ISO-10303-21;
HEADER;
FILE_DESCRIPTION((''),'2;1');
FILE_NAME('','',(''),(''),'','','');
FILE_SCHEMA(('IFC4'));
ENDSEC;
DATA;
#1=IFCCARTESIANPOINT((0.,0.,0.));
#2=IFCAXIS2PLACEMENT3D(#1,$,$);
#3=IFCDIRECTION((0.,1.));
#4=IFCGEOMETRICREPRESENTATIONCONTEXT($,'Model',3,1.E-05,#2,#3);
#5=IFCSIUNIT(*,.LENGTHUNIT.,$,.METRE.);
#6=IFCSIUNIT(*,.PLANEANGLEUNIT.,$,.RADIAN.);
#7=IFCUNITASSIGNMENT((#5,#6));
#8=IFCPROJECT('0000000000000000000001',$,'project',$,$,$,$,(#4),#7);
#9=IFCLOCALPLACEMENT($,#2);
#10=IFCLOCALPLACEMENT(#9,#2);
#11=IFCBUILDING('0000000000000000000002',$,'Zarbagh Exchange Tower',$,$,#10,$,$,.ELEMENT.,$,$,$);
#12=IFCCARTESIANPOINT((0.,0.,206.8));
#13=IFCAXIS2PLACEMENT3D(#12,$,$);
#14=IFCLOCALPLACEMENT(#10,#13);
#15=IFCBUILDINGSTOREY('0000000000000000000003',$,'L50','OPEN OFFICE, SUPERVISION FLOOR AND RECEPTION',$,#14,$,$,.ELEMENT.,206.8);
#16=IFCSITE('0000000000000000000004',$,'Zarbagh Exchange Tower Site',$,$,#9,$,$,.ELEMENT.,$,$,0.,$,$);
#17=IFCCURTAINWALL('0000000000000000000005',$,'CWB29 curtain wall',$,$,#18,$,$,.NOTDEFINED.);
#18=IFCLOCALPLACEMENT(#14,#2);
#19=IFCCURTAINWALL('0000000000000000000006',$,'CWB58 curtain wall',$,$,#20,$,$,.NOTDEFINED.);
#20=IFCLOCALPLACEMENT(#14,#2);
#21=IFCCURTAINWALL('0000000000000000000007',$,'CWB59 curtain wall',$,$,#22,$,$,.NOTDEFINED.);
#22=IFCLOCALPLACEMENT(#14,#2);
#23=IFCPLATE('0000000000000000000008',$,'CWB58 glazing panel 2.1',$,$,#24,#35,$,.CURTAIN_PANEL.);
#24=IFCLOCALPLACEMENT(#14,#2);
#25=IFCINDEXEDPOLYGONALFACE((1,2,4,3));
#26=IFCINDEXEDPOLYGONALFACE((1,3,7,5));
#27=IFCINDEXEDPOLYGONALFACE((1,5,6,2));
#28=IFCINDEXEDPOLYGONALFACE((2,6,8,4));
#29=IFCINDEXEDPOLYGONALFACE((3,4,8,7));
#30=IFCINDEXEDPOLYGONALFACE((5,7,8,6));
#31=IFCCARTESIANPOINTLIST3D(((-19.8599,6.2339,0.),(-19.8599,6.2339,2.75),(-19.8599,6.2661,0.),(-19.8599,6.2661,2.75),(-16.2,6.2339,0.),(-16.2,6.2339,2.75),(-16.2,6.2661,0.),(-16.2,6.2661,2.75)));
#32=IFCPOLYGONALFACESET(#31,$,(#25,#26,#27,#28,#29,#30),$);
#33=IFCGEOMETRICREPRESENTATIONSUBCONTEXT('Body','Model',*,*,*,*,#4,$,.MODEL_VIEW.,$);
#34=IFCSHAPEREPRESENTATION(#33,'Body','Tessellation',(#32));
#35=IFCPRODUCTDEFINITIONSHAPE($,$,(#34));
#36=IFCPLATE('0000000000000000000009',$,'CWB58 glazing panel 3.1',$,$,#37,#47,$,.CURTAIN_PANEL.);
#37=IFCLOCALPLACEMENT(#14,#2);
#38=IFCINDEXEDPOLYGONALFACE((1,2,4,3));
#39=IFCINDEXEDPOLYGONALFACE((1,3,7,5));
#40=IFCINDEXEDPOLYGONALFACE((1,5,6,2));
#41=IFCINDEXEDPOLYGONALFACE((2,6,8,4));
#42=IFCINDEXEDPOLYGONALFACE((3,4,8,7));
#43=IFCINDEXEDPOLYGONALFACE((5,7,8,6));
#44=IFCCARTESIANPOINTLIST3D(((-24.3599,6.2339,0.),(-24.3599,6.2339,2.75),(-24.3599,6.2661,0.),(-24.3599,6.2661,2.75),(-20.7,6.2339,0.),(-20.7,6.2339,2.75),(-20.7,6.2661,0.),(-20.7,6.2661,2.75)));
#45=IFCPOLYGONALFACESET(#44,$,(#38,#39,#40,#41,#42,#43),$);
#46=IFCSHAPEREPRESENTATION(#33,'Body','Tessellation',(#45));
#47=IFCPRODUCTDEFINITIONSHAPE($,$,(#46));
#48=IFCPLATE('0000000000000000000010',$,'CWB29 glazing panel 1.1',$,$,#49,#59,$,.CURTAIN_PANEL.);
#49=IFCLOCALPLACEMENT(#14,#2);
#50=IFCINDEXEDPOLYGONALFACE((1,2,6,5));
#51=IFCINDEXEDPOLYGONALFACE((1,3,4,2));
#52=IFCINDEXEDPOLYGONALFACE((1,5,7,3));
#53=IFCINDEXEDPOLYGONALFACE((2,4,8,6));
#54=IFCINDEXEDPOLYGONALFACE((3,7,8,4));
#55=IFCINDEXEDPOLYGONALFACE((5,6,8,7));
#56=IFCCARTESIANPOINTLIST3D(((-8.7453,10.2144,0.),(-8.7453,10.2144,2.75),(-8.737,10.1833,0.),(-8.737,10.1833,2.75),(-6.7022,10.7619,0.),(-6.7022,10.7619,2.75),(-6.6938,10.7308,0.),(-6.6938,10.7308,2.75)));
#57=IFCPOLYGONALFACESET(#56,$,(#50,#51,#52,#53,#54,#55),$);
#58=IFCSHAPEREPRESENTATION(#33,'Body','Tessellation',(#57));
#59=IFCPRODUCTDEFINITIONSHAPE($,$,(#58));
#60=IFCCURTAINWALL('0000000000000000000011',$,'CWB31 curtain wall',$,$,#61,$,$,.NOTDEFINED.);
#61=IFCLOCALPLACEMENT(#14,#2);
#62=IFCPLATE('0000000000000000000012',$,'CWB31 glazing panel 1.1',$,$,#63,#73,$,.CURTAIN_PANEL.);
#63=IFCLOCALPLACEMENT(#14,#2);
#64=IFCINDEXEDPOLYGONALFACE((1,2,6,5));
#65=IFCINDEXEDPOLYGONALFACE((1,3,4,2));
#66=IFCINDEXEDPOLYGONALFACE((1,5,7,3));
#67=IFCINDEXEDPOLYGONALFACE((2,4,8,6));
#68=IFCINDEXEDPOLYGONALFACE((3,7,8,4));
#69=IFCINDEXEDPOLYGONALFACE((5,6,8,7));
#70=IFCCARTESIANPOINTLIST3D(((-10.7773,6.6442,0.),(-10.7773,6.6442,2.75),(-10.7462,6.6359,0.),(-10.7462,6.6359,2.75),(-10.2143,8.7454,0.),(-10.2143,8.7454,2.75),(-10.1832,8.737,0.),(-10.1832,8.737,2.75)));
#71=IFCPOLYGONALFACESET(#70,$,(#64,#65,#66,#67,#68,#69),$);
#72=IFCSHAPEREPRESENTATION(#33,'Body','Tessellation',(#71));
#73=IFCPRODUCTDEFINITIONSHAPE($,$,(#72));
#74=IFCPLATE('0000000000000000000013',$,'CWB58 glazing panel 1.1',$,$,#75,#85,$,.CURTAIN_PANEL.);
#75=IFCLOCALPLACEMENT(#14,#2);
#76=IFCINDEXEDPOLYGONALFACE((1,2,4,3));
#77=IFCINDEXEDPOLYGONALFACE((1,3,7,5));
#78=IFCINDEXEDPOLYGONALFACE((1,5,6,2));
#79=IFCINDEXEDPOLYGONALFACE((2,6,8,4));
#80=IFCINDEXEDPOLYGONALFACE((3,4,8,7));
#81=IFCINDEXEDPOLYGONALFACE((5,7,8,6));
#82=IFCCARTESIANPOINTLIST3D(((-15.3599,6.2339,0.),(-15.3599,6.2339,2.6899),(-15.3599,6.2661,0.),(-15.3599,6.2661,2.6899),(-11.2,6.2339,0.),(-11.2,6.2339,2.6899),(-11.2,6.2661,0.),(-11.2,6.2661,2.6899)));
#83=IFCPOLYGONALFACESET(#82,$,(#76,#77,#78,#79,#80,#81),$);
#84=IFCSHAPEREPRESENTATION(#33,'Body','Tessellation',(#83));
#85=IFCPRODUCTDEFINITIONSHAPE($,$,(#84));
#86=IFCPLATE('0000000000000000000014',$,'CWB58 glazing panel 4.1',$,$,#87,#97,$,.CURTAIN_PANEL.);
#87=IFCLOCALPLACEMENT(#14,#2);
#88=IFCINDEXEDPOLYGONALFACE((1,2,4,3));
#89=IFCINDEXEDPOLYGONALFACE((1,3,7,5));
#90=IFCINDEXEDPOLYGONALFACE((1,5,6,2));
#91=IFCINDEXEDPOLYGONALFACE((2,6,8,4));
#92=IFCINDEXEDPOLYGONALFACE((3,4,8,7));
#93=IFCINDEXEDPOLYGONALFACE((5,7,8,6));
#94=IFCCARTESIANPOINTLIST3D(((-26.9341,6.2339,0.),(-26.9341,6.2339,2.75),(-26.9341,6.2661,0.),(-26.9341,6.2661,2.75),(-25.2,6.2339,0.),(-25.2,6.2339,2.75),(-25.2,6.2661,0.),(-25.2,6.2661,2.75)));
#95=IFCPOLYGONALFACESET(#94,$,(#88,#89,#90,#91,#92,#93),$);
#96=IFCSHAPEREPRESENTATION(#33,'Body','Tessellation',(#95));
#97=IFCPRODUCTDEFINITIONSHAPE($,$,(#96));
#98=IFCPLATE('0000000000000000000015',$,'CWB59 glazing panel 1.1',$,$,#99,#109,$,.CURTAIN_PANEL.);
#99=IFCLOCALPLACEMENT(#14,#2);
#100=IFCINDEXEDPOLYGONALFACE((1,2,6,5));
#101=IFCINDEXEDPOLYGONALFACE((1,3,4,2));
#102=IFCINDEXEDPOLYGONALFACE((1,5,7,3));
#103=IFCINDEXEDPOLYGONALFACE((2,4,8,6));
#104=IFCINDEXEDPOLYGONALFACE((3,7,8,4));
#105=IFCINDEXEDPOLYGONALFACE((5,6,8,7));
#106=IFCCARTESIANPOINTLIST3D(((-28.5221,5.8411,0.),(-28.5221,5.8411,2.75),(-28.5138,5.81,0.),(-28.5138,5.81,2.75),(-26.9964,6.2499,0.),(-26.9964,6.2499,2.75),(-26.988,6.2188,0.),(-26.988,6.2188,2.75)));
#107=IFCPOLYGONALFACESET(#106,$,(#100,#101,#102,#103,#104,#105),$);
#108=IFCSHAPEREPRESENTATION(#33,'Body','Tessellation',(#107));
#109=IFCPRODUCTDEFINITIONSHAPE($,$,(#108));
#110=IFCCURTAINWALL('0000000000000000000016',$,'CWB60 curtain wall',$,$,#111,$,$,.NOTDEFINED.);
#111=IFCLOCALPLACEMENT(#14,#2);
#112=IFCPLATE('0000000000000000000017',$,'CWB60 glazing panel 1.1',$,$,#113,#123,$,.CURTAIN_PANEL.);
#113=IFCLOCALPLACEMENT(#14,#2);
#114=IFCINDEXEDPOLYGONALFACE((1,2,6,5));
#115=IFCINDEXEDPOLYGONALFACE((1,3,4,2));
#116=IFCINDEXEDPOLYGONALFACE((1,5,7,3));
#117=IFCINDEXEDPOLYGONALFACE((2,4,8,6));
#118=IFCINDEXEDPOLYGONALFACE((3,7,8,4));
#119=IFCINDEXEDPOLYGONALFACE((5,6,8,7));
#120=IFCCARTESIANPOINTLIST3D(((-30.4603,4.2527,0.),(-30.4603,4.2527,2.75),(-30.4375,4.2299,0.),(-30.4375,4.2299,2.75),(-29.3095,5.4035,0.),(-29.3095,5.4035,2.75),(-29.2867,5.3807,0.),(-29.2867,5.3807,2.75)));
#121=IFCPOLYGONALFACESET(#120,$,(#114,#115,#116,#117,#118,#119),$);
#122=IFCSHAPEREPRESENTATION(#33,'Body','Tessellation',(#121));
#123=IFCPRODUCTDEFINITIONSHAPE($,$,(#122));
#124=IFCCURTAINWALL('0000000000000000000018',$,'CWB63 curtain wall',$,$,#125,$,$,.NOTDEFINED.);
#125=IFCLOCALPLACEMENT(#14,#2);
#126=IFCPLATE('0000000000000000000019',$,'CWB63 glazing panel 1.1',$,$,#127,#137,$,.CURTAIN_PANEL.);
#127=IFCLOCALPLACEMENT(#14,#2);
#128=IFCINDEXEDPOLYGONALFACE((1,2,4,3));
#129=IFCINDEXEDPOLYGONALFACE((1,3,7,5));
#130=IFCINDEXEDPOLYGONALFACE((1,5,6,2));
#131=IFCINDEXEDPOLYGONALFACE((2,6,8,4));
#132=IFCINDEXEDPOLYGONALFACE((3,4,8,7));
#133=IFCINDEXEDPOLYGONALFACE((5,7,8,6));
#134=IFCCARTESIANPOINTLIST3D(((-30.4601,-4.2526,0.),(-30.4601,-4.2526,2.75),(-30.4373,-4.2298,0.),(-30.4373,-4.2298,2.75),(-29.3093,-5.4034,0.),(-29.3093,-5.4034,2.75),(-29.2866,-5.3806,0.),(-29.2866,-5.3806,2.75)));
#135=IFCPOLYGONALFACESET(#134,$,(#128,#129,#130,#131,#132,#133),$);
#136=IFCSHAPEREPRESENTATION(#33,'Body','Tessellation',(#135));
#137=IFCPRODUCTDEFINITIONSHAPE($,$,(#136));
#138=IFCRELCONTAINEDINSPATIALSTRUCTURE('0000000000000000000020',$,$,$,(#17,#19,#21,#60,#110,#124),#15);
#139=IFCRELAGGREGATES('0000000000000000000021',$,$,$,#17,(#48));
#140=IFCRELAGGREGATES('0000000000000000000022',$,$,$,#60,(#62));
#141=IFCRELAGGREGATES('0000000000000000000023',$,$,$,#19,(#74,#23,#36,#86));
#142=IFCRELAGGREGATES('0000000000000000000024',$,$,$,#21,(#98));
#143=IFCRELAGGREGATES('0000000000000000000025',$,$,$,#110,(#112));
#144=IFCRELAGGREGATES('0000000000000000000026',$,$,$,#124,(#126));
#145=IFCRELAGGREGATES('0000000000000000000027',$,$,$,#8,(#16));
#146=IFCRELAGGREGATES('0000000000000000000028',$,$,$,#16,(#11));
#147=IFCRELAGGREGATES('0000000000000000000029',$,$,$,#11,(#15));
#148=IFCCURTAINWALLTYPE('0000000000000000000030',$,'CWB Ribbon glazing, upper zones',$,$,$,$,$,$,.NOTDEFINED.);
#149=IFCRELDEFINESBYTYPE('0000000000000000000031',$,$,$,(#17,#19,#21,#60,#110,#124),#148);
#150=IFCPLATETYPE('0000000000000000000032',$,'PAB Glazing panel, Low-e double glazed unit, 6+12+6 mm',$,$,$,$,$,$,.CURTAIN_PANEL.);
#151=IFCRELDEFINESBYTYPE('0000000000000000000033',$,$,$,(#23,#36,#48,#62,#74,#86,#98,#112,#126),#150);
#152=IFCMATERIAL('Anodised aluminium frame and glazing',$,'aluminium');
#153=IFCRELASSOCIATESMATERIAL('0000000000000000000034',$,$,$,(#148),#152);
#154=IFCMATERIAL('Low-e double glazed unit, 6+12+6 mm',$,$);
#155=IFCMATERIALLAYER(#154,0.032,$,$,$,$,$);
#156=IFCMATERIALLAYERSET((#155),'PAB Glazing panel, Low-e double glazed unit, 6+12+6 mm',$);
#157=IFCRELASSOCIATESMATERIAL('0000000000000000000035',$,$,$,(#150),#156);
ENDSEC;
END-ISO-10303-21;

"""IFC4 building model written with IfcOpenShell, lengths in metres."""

from ifc_helpers import new_model, si_unit, direction, frame, origin, place, context, subcontext, project, spatial, polyline, outline, extrude, source, transform, mapped, material, layer, layer_set, type_object, element, aggregate, save


model = new_model("IFC4")

# Units and contexts
model_context = context("Model", 3, precision=1e-05, world=origin(), true_north=direction((0.0, 1.0)))
body_context = subcontext(model_context, "Body", "Model", "MODEL_VIEW")
ifc_project = project(units=[si_unit("LENGTHUNIT", "METRE"), si_unit("PLANEANGLEUNIT", "RADIAN")], contexts=[model_context])

# Site, building, storey
site_placement = place(None, origin())
site = spatial("IfcSite", under=ifc_project, at=site_placement, Name="Zarbagh Exchange Tower Site", CompositionType="ELEMENT", RefElevation=0.0)
building_placement = place(site_placement, origin())
building = spatial("IfcBuilding", under=site, at=building_placement, Name="Zarbagh Exchange Tower", CompositionType="ELEMENT")
storey_placement = place(building_placement, frame((0.0, 0.0, 206.8)))
storey = spatial("IfcBuildingStorey", under=building, at=storey_placement, Name="L50", Description="OPEN OFFICE, SUPERVISION FLOOR AND RECEPTION", CompositionType="ELEMENT", Elevation=206.8)

# Curtain wall
ifc_material_1 = material(Name="Anodised aluminium frame and glazing", Category="aluminium")
curtain_wall_type = type_object("IfcCurtainWallType", Name="CWB Ribbon glazing, upper zones", PredefinedType="NOTDEFINED", material=ifc_material_1)
curtain_wall_1_placement = place(storey_placement, origin())
curtain_wall_1 = element("IfcCurtainWall", 1, at=curtain_wall_1_placement, inside=storey, type_object=curtain_wall_type, Name="CWB29 curtain wall", PredefinedType="NOTDEFINED")
placement = place(storey_placement, origin())

# Curtain wall
curtain_wall_2_placement = place(storey_placement, origin())
curtain_wall_2 = element("IfcCurtainWall", 2, at=curtain_wall_2_placement, inside=storey, type_object=curtain_wall_type, Name="CWB58 curtain wall", PredefinedType="NOTDEFINED")

# Curtain wall
curtain_wall_3_placement = place(storey_placement, origin())
curtain_wall_3 = element("IfcCurtainWall", 3, at=curtain_wall_3_placement, inside=storey, type_object=curtain_wall_type, Name="CWB59 curtain wall", PredefinedType="NOTDEFINED")

# Shared definitions
ifc_material_2 = material(Name="Low-e double glazed unit, 6+12+6 mm")
ifc_layer = layer(ifc_material_2, 0.032)
ifc_layer_set = layer_set([ifc_layer], Name="PAB Glazing panel, Low-e double glazed unit, 6+12+6 mm")
plate_type = type_object("IfcPlateType", Name="PAB Glazing panel, Low-e double glazed unit, 6+12+6 mm", PredefinedType="CURTAIN_PANEL", material=ifc_layer_set)

# Plates
shared_shape_1 = source(origin(), body_context, "Body", "SweptSolid", [
    extrude(outline(polyline([(0.0, -0.0161), (3.6599, -0.0161), (3.6599, 0.0161), (0.0, 0.0161), (0.0, -0.0161)])), origin(), (0.0, 0.0, 1.0), 2.75),
])
plate_1 = element("IfcPlate", 4, at=placement, type_object=plate_type, Name="CWB58 glazing panel 2.1", PredefinedType="CURTAIN_PANEL", context=body_context, shape_type="MappedRepresentation", body=[
    mapped(shared_shape_1, transform((-16.2, 6.25, 0.0), x_axis=(-1.0, 0.0, 0.0), y_axis=(0.0, -1.0, 0.0), z_axis=(0.0, 0.0, 1.0))),
])
plate_2 = element("IfcPlate", 5, at=placement, type_object=plate_type, Name="CWB58 glazing panel 3.1", PredefinedType="CURTAIN_PANEL", context=body_context, shape_type="MappedRepresentation", body=[
    mapped(shared_shape_1, transform((-20.7, 6.25, 0.0), x_axis=(-1.0, 0.0, 0.0), y_axis=(0.0, -1.0, 0.0), z_axis=(0.0, 0.0, 1.0))),
])
shared_shape_2 = source(origin(), body_context, "Body", "SweptSolid", [
    extrude(outline(polyline([(0.0, -0.0161), (2.1152, -0.0161), (2.1152, 0.0161), (0.0, 0.0161), (0.0, -0.0161)])), origin(), (0.0, 0.0, 1.0), 2.75),
])
plate_3 = element("IfcPlate", 6, at=placement, type_object=plate_type, Name="CWB29 glazing panel 1.1", PredefinedType="CURTAIN_PANEL", context=body_context, shape_type="MappedRepresentation", body=[
    mapped(shared_shape_2, transform((-6.698, 10.7463, 0.0), x_axis=(-0.965924, -0.258825, 0.0), y_axis=(0.258825, -0.965924, 0.0), z_axis=(0.0, 0.0, 1.0))),
])
aggregate(curtain_wall_1, [plate_3])

# Curtain wall, plate
curtain_wall_4_placement = place(storey_placement, origin())
curtain_wall_4 = element("IfcCurtainWall", 7, at=curtain_wall_4_placement, inside=storey, type_object=curtain_wall_type, Name="CWB31 curtain wall", PredefinedType="NOTDEFINED")
shared_shape_3 = source(origin(), body_context, "Body", "SweptSolid", [
    extrude(outline(polyline([(0.0, -0.0161), (2.1753, -0.0161), (2.1753, 0.0161), (0.0, 0.0161), (0.0, -0.0161)])), origin(), (0.0, 0.0, 1.0), 2.75),
])
plate_4 = element("IfcPlate", 8, at=placement, type_object=plate_type, Name="CWB31 glazing panel 1.1", PredefinedType="CURTAIN_PANEL", context=body_context, shape_type="MappedRepresentation", body=[
    mapped(shared_shape_3, transform((-10.1987, 8.7412, 0.0), x_axis=(-0.258825, -0.965924, 0.0), y_axis=(0.965924, -0.258825, 0.0), z_axis=(0.0, 0.0, 1.0))),
])
aggregate(curtain_wall_4, [plate_4])

# Plates
shared_shape_4 = source(origin(), body_context, "Body", "SweptSolid", [
    extrude(outline(polyline([(0.0, -0.0161), (4.1599, -0.0161), (4.1599, 0.0161), (0.0, 0.0161), (0.0, -0.0161)])), origin(), (0.0, 0.0, 1.0), 2.6899),
])
plate_5 = element("IfcPlate", 9, at=placement, type_object=plate_type, Name="CWB58 glazing panel 1.1", PredefinedType="CURTAIN_PANEL", context=body_context, shape_type="MappedRepresentation", body=[
    mapped(shared_shape_4, transform((-11.2, 6.25, 0.0), x_axis=(-1.0, 0.0, 0.0), y_axis=(0.0, -1.0, 0.0), z_axis=(0.0, 0.0, 1.0))),
])
shared_shape_5 = source(origin(), body_context, "Body", "SweptSolid", [
    extrude(outline(polyline([(0.0, -0.0161), (1.7341, -0.0161), (1.7341, 0.0161), (0.0, 0.0161), (0.0, -0.0161)])), origin(), (0.0, 0.0, 1.0), 2.75),
])
plate_6 = element("IfcPlate", 10, at=placement, type_object=plate_type, Name="CWB58 glazing panel 4.1", PredefinedType="CURTAIN_PANEL", context=body_context, shape_type="MappedRepresentation", body=[
    mapped(shared_shape_5, transform((-25.2, 6.25, 0.0), x_axis=(-1.0, 0.0, 0.0), y_axis=(0.0, -1.0, 0.0), z_axis=(0.0, 0.0, 1.0))),
])
aggregate(curtain_wall_2, [plate_5, plate_1, plate_2, plate_6])
shared_shape_6 = source(origin(), body_context, "Body", "SweptSolid", [
    extrude(outline(polyline([(0.0, -0.0161), (1.5796, -0.0161), (1.5796, 0.0161), (0.0, 0.0161), (0.0, -0.0161)])), origin(), (0.0, 0.0, 1.0), 2.75),
])
plate_7 = element("IfcPlate", 11, at=placement, type_object=plate_type, Name="CWB59 glazing panel 1.1", PredefinedType="CURTAIN_PANEL", context=body_context, shape_type="MappedRepresentation", body=[
    mapped(shared_shape_6, transform((-26.9922, 6.2344, 0.0), x_axis=(-0.965924, -0.258825, 0.0), y_axis=(0.258825, -0.965924, 0.0), z_axis=(0.0, 0.0, 1.0))),
])
aggregate(curtain_wall_3, [plate_7])

# Curtain walls, plates
curtain_wall_5_placement = place(storey_placement, origin())
curtain_wall_5 = element("IfcCurtainWall", 12, at=curtain_wall_5_placement, inside=storey, type_object=curtain_wall_type, Name="CWB60 curtain wall", PredefinedType="NOTDEFINED")
shared_shape_7 = source(origin(), body_context, "Body", "SweptSolid", [
    extrude(outline(polyline([(0.0, -0.0161), (1.6274, -0.0161), (1.6274, 0.0161), (0.0, 0.0161), (0.0, -0.0161)])), origin(), (0.0, 0.0, 1.0), 2.75),
])
plate_8 = element("IfcPlate", 13, at=placement, type_object=plate_type, Name="CWB60 glazing panel 1.1", PredefinedType="CURTAIN_PANEL", context=body_context, shape_type="MappedRepresentation", body=[
    mapped(shared_shape_7, transform((-29.2981, 5.3921, 0.0), x_axis=(-0.707107, -0.707107, 0.0), y_axis=(0.707107, -0.707107, 0.0), z_axis=(0.0, 0.0, 1.0))),
])
aggregate(curtain_wall_5, [plate_8])
curtain_wall_6_placement = place(storey_placement, origin())
curtain_wall_6 = element("IfcCurtainWall", 14, at=curtain_wall_6_placement, inside=storey, type_object=curtain_wall_type, Name="CWB63 curtain wall", PredefinedType="NOTDEFINED")
plate_9 = element("IfcPlate", 15, at=placement, type_object=plate_type, Name="CWB63 glazing panel 1.1", PredefinedType="CURTAIN_PANEL", context=body_context, shape_type="MappedRepresentation", body=[
    mapped(shared_shape_7, transform((-30.4487, -4.2412, 0.0), x_axis=(0.707107, -0.707107, 0.0), y_axis=(0.707107, 0.707107, 0.0), z_axis=(0.0, 0.0, 1.0))),
])
aggregate(curtain_wall_6, [plate_9])

save(model, "model.ifc")
